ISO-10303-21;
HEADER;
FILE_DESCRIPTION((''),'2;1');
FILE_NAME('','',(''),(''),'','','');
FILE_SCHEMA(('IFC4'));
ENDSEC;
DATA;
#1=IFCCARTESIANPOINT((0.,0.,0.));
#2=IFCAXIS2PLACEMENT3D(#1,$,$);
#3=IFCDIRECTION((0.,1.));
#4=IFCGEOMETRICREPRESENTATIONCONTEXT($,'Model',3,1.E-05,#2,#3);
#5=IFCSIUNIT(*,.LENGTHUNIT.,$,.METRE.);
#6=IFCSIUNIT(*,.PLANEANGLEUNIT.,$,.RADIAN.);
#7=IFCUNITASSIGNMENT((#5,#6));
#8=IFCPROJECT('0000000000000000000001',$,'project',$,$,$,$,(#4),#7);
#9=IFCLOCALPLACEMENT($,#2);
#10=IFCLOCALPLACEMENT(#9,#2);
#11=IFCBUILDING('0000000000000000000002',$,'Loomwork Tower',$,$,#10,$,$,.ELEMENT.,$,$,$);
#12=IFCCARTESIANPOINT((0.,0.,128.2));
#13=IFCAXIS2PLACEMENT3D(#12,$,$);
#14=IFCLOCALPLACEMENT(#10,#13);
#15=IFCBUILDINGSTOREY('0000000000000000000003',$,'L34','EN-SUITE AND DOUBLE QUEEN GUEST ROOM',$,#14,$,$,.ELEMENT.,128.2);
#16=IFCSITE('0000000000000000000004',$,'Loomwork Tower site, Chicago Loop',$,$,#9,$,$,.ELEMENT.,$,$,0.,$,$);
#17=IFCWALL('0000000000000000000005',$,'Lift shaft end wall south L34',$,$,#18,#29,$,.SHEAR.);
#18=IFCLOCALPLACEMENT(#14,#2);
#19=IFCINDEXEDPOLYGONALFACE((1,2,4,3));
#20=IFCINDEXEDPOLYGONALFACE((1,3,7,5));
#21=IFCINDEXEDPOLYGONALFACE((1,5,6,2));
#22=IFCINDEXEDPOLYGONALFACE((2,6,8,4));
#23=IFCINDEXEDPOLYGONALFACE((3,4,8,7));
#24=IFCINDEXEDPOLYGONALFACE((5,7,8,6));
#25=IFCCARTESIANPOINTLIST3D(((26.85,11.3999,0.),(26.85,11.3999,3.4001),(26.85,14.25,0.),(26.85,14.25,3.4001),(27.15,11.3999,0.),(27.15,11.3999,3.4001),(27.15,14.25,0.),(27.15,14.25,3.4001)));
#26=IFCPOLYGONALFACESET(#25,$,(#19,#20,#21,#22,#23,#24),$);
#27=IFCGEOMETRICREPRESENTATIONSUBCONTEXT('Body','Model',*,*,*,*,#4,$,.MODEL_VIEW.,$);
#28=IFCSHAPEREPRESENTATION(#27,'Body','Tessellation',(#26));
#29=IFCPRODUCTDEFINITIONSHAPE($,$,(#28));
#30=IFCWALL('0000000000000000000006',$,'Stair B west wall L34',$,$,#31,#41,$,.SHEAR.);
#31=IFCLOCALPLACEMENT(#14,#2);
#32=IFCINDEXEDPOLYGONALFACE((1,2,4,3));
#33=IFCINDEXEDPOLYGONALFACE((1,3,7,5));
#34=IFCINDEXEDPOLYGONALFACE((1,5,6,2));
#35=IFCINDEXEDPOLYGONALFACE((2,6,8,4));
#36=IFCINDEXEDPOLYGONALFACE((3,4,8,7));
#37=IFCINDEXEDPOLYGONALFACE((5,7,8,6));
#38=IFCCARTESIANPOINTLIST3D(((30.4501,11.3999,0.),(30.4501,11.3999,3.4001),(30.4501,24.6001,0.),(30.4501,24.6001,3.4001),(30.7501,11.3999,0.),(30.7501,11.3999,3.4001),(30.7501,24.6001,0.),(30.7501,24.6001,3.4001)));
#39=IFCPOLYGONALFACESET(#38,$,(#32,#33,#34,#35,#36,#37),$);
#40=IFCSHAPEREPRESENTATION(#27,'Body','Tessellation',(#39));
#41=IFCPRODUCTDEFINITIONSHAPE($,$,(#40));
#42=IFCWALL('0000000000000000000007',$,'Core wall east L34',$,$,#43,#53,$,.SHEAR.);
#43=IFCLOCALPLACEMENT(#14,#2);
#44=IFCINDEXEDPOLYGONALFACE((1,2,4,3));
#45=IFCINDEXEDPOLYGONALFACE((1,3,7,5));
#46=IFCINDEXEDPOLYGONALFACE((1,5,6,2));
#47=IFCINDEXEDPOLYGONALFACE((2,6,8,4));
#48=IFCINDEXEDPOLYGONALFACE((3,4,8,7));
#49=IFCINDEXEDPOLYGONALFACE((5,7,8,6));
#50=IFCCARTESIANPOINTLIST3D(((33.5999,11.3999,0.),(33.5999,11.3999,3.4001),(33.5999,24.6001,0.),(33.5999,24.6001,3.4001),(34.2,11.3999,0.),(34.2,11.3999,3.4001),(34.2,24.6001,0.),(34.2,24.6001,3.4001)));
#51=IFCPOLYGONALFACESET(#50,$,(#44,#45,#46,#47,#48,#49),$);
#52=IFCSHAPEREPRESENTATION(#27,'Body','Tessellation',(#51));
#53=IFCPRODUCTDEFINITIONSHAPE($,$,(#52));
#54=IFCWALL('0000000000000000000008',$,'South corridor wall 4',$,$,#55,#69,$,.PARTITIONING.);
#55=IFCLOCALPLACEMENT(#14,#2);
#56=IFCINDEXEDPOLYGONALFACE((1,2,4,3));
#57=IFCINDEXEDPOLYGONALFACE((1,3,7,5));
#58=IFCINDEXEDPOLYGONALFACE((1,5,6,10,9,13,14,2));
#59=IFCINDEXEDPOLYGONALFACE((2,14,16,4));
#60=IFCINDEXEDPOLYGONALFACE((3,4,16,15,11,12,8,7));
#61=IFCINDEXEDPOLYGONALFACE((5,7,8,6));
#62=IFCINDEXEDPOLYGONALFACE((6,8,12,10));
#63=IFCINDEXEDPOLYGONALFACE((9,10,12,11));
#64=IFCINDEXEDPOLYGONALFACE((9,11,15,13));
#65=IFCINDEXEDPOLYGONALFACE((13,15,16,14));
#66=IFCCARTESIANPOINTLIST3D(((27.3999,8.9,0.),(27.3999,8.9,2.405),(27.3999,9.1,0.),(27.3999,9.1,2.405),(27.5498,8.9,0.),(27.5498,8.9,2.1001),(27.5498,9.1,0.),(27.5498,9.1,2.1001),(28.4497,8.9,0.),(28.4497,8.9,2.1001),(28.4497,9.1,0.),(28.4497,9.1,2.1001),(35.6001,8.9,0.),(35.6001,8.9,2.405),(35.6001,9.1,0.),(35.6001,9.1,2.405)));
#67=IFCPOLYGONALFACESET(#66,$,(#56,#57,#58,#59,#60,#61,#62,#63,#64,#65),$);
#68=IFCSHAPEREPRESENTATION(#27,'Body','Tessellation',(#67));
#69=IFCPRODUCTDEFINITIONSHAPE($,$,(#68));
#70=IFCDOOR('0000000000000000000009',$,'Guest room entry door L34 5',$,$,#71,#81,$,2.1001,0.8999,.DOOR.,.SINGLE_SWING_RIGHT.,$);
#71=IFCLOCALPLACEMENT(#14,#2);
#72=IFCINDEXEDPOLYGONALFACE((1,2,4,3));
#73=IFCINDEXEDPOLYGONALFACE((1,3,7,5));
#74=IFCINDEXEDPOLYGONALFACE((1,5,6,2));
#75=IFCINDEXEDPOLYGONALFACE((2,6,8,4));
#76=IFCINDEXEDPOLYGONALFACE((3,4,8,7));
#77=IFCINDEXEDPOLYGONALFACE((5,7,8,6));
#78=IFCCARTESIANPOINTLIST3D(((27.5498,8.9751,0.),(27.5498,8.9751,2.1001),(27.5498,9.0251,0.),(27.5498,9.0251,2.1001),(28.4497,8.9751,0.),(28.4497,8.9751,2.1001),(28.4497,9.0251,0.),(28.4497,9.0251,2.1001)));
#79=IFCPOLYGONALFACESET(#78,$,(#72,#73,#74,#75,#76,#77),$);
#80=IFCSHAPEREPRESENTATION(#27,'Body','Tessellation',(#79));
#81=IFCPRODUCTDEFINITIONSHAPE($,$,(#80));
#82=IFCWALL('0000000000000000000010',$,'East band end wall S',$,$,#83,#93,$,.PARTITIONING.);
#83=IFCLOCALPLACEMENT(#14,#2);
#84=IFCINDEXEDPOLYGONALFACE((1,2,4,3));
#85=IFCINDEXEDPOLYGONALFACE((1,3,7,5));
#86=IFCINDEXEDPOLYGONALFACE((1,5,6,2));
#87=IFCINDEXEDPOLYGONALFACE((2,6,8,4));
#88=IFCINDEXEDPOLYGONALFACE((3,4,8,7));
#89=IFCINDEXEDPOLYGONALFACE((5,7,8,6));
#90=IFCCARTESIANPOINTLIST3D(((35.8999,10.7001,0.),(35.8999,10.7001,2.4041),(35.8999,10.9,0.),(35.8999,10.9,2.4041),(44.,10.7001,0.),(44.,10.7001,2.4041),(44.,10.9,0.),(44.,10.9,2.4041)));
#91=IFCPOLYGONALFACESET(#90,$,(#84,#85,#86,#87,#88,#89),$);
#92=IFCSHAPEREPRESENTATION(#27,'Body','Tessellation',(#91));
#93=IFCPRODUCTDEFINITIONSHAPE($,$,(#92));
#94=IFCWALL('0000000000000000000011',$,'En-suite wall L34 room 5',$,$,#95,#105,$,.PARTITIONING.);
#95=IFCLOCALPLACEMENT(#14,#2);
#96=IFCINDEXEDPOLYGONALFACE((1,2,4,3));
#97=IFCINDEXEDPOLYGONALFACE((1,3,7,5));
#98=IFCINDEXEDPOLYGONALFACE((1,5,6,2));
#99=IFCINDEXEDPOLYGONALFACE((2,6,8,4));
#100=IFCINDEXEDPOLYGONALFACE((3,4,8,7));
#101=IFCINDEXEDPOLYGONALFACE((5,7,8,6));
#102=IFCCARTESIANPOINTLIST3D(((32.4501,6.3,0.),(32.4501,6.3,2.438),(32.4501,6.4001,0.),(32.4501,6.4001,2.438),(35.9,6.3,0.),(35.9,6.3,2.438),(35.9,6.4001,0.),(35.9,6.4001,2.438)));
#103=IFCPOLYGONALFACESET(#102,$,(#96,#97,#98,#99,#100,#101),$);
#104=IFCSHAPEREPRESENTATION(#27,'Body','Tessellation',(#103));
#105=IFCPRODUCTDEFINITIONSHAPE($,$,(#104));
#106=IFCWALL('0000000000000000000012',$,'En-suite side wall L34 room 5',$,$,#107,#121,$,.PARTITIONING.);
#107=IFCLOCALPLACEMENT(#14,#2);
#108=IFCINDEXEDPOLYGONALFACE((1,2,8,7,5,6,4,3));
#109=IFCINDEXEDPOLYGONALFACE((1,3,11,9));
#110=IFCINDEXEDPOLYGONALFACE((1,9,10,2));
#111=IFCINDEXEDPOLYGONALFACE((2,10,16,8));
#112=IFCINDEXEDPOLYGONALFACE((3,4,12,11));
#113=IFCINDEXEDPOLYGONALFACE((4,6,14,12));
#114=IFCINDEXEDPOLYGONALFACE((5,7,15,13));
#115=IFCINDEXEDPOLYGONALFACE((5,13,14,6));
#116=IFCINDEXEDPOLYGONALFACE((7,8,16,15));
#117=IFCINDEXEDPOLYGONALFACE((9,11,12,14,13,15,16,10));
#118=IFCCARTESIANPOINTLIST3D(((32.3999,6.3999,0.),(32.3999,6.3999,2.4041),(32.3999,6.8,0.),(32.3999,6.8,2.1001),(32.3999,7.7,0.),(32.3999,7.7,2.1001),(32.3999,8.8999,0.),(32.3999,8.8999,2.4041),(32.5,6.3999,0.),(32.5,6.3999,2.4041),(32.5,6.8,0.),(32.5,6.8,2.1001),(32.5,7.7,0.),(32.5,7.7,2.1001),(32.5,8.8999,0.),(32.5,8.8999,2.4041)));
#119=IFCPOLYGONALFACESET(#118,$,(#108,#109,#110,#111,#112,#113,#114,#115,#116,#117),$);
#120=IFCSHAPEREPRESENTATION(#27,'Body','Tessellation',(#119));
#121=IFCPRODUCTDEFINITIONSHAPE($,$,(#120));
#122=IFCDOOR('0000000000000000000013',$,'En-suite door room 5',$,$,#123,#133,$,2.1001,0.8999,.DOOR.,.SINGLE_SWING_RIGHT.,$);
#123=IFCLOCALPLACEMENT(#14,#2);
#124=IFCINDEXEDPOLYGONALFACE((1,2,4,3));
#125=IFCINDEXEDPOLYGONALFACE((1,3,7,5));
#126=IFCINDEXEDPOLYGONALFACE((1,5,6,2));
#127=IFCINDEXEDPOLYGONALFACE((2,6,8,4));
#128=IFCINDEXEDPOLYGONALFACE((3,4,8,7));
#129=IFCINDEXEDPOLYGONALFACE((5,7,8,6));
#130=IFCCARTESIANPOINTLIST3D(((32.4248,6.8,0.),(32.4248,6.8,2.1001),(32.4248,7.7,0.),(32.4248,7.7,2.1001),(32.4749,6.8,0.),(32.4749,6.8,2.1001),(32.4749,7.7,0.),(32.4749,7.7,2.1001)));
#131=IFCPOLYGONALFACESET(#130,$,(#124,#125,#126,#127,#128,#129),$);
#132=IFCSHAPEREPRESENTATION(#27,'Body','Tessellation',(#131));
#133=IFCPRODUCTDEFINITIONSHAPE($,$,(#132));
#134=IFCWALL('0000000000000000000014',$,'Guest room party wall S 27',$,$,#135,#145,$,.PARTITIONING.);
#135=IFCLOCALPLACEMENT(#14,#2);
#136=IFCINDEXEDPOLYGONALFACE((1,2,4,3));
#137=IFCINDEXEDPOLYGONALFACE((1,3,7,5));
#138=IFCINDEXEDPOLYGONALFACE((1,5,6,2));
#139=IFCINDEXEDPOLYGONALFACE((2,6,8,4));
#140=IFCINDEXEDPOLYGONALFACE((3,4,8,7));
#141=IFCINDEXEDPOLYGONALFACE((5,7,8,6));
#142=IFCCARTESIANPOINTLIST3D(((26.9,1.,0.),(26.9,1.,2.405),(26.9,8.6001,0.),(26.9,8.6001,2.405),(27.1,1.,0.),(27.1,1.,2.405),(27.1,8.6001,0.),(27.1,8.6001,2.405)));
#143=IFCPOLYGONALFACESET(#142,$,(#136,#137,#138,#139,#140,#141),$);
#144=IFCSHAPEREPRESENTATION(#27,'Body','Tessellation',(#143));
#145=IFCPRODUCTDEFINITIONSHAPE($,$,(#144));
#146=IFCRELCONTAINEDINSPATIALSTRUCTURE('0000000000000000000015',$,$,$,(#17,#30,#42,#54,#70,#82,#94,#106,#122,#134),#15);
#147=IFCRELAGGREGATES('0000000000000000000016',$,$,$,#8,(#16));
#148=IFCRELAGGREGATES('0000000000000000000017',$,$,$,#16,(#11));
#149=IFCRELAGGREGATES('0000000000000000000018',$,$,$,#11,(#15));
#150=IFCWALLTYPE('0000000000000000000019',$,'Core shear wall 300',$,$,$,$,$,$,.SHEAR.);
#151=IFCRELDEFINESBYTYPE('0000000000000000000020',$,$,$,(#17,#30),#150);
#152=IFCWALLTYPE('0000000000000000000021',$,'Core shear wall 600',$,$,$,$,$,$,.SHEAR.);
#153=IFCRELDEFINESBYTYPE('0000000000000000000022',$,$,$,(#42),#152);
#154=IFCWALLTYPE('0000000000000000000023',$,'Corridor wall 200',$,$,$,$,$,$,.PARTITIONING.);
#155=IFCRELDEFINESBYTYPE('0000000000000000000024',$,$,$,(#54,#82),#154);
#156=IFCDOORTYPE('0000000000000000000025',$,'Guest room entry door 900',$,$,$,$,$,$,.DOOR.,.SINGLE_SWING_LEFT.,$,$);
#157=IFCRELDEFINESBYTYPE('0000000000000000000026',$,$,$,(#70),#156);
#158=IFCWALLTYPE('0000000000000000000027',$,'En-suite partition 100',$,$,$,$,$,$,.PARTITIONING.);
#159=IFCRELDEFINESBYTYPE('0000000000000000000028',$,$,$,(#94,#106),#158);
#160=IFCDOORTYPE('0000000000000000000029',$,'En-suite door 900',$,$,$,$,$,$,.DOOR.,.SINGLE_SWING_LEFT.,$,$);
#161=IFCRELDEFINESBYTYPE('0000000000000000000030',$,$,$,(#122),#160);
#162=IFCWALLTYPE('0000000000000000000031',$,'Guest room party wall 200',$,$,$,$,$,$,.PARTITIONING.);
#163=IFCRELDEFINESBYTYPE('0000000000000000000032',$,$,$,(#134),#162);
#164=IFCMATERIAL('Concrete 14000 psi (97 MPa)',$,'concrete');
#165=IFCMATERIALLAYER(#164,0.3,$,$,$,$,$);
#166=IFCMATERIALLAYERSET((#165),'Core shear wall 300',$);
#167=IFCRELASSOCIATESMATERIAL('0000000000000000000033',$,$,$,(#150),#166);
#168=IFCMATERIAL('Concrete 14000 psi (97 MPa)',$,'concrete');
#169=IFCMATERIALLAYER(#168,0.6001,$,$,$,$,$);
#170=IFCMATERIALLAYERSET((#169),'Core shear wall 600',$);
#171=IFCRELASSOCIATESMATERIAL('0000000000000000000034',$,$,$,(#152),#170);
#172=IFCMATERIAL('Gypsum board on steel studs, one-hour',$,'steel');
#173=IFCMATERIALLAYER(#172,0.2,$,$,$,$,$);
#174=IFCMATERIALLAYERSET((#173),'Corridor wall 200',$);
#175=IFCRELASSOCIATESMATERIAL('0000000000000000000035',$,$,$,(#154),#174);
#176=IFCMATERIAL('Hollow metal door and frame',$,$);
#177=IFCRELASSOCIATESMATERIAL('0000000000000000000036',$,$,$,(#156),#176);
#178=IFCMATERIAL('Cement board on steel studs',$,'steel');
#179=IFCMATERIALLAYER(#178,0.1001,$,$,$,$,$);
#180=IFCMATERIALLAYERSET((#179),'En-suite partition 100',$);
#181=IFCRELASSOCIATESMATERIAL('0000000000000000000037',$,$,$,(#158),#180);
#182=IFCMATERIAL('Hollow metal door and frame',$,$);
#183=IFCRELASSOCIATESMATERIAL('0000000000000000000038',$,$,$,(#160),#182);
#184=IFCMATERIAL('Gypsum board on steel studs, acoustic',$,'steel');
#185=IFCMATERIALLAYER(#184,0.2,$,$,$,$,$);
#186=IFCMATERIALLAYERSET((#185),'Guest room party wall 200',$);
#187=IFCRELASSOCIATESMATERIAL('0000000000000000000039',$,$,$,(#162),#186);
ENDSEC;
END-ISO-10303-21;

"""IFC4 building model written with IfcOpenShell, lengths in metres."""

from ifc_helpers import new_model, si_unit, direction, frame, frame_2d, origin, place, context, subcontext, project, spatial, rectangle, extrude, material, layer, layer_set, type_object, element, fill, save


model = new_model("IFC4")

# Units and contexts
model_context = context("Model", 3, precision=1e-05, world=origin(), true_north=direction((0.0, 1.0)))
body_context = subcontext(model_context, "Body", "Model", "MODEL_VIEW")
ifc_project = project(units=[si_unit("LENGTHUNIT", "METRE"), si_unit("PLANEANGLEUNIT", "RADIAN")], contexts=[model_context])

# Site, building, storey
site_placement = place(None, origin())
site = spatial("IfcSite", under=ifc_project, at=site_placement, Name="Loomwork Tower site, Chicago Loop", CompositionType="ELEMENT", RefElevation=0.0)
building_placement = place(site_placement, origin())
building = spatial("IfcBuilding", under=site, at=building_placement, Name="Loomwork Tower", CompositionType="ELEMENT")
storey_placement = place(building_placement, frame((0.0, 0.0, 128.2)))
storey = spatial("IfcBuildingStorey", under=building, at=storey_placement, Name="L34", Description="EN-SUITE AND DOUBLE QUEEN GUEST ROOM", CompositionType="ELEMENT", Elevation=128.2)

# Walls
ifc_material_1 = material(Name="Concrete 14000 psi (97 MPa)", Category="concrete")
ifc_layer_1 = layer(ifc_material_1, 0.3)
ifc_layer_set_1 = layer_set([ifc_layer_1], Name="Core shear wall 300")
wall_type_1 = type_object("IfcWallType", Name="Core shear wall 300", PredefinedType="SHEAR", material=ifc_layer_set_1)
wall_1_placement = place(storey_placement, frame((27.0, 11.3999, 0.0), z_axis=(0.0, 0.0, 1.0), x_axis=(0.0, 1.0, 0.0)))
element("IfcWall", 1, at=wall_1_placement, inside=storey, type_object=wall_type_1, Name="Lift shaft end wall south L34", PredefinedType="SHEAR", context=body_context, shape_type="SweptSolid", body=[
    extrude(rectangle(XDim=2.8501, YDim=0.3, at=frame_2d((1.425, 0.0))), origin(), (0.0, 0.0, 1.0), 3.4001),
])
wall_2_placement = place(storey_placement, frame((30.6001, 11.3999, 0.0), z_axis=(0.0, 0.0, 1.0), x_axis=(0.0, 1.0, 0.0)))
element("IfcWall", 2, at=wall_2_placement, inside=storey, type_object=wall_type_1, Name="Stair B west wall L34", PredefinedType="SHEAR", context=body_context, shape_type="SweptSolid", body=[
    extrude(rectangle(XDim=13.2002, YDim=0.3, at=frame_2d((6.6001, 0.0))), origin(), (0.0, 0.0, 1.0), 3.4001),
])
ifc_material_2 = material(Name="Concrete 14000 psi (97 MPa)", Category="concrete")
ifc_layer_2 = layer(ifc_material_2, 0.6001)
ifc_layer_set_2 = layer_set([ifc_layer_2], Name="Core shear wall 600")
wall_type_2 = type_object("IfcWallType", Name="Core shear wall 600", PredefinedType="SHEAR", material=ifc_layer_set_2)
wall_3_placement = place(storey_placement, frame((33.8999, 11.3999, 0.0), z_axis=(0.0, 0.0, 1.0), x_axis=(0.0, 1.0, 0.0)))
element("IfcWall", 3, at=wall_3_placement, inside=storey, type_object=wall_type_2, Name="Core wall east L34", PredefinedType="SHEAR", context=body_context, shape_type="SweptSolid", body=[
    extrude(rectangle(XDim=13.2002, YDim=0.6001, at=frame_2d((6.6001, 0.0))), origin(), (0.0, 0.0, 1.0), 3.4001),
])

# Wall, opening, door
ifc_material_3 = material(Name="Gypsum board on steel studs, one-hour", Category="steel")
ifc_layer_3 = layer(ifc_material_3, 0.2)
ifc_layer_set_3 = layer_set([ifc_layer_3], Name="Corridor wall 200")
wall_type_3 = type_object("IfcWallType", Name="Corridor wall 200", PredefinedType="PARTITIONING", material=ifc_layer_set_3)
wall_4_placement = place(storey_placement, frame((27.3999, 9.0, 0.0), z_axis=(0.0, 0.0, 1.0), x_axis=(1.0, 0.0, 0.0)))
wall_4 = element("IfcWall", 4, at=wall_4_placement, inside=storey, type_object=wall_type_3, Name="South corridor wall 4", PredefinedType="PARTITIONING", context=body_context, shape_type="SweptSolid", body=[
    extrude(rectangle(XDim=8.2002, YDim=0.2, at=frame_2d((4.1001, 0.0))), origin(), (0.0, 0.0, 1.0), 2.405),
])
opening_1_placement = place(wall_4_placement, frame((0.1499, 0.0, 0.0)))
opening_1 = element("IfcOpeningElement", 5, at=opening_1_placement, cuts=wall_4, PredefinedType="OPENING", context=body_context, shape_type="SweptSolid", body=[
    extrude(rectangle(XDim=0.8999, YDim=2.1001, at=frame_2d((0.45, 1.05))), frame((0.0, 0.1099, 0.0), z_axis=(0.0, -1.0, 0.0), x_axis=(1.0, 0.0, 0.0)), (0.0, 0.0, 1.0), 0.22),
])
ifc_material_4 = material(Name="Hollow metal door and frame")
door_type_1 = type_object("IfcDoorType", Name="Guest room entry door 900", OperationType="SINGLE_SWING_LEFT", PredefinedType="DOOR", material=ifc_material_4)
door_1_placement = place(opening_1_placement, frame((0.8999, 0.0, 0.0), z_axis=(0.0, 0.0, 1.0), x_axis=(-1.0, 0.0, 0.0)))
door_1 = element("IfcDoor", 6, at=door_1_placement, inside=storey, type_object=door_type_1, Name="Guest room entry door L34 5", OperationType="SINGLE_SWING_RIGHT", OverallHeight=2.1001, OverallWidth=0.8999, PredefinedType="DOOR", context=body_context, shape_type="SweptSolid", body=[
    extrude(rectangle(XDim=0.8999, YDim=2.1001, at=frame_2d((0.45, 1.05))), frame((0.0, 0.0249, 0.0), z_axis=(0.0, -1.0, 0.0), x_axis=(1.0, 0.0, 0.0)), (0.0, 0.0, 1.0), 0.05),
])
fill(opening_1, door_1)

# Walls
wall_5_placement = place(storey_placement, frame((35.8999, 10.8, 0.0), z_axis=(0.0, 0.0, 1.0), x_axis=(1.0, 0.0, 0.0)))
element("IfcWall", 7, at=wall_5_placement, inside=storey, type_object=wall_type_3, Name="East band end wall S", PredefinedType="PARTITIONING", context=body_context, shape_type="SweptSolid", body=[
    extrude(rectangle(XDim=8.1001, YDim=0.2, at=frame_2d((4.05, 0.0))), origin(), (0.0, 0.0, 1.0), 2.4041),
])
ifc_material_5 = material(Name="Cement board on steel studs", Category="steel")
ifc_layer_4 = layer(ifc_material_5, 0.1001)
ifc_layer_set_4 = layer_set([ifc_layer_4], Name="En-suite partition 100")
wall_type_4 = type_object("IfcWallType", Name="En-suite partition 100", PredefinedType="PARTITIONING", material=ifc_layer_set_4)
wall_6_placement = place(storey_placement, frame((32.45, 6.3501, 0.0), z_axis=(0.0, 0.0, 1.0), x_axis=(1.0, 0.0, 0.0)))
element("IfcWall", 8, at=wall_6_placement, inside=storey, type_object=wall_type_4, Name="En-suite wall L34 room 5", PredefinedType="PARTITIONING", context=body_context, shape_type="SweptSolid", body=[
    extrude(rectangle(XDim=3.45, YDim=0.1001, at=frame_2d((1.7251, 0.0))), origin(), (0.0, 0.0, 1.0), 2.438),
])

# Wall, opening, door
wall_7_placement = place(storey_placement, frame((32.45, 8.8999, 0.0), z_axis=(0.0, 0.0, 1.0), x_axis=(0.0, -1.0, 0.0)))
wall_7 = element("IfcWall", 9, at=wall_7_placement, inside=storey, type_object=wall_type_4, Name="En-suite side wall L34 room 5", PredefinedType="PARTITIONING", context=body_context, shape_type="SweptSolid", body=[
    extrude(rectangle(XDim=2.5, YDim=0.1001, at=frame_2d((1.25, 0.0))), origin(), (0.0, 0.0, 1.0), 2.4041),
])
opening_2_placement = place(wall_7_placement, frame((1.2, 0.0, 0.0)))
opening_2 = element("IfcOpeningElement", 10, at=opening_2_placement, cuts=wall_7, PredefinedType="OPENING", context=body_context, shape_type="SweptSolid", body=[
    extrude(rectangle(XDim=0.8999, YDim=2.1001, at=frame_2d((0.45, 1.05))), frame((0.0, 0.0601, 0.0), z_axis=(0.0, -1.0, 0.0), x_axis=(1.0, 0.0, 0.0)), (0.0, 0.0, 1.0), 0.1201),
])
ifc_material_6 = material(Name="Hollow metal door and frame")
door_type_2 = type_object("IfcDoorType", Name="En-suite door 900", OperationType="SINGLE_SWING_LEFT", PredefinedType="DOOR", material=ifc_material_6)
door_2_placement = place(opening_2_placement, origin())
door_2 = element("IfcDoor", 11, at=door_2_placement, inside=storey, type_object=door_type_2, Name="En-suite door room 5", OperationType="SINGLE_SWING_RIGHT", OverallHeight=2.1001, OverallWidth=0.8999, PredefinedType="DOOR", context=body_context, shape_type="SweptSolid", body=[
    extrude(rectangle(XDim=0.8999, YDim=2.1001, at=frame_2d((0.45, 1.05))), frame((0.0, 0.0249, 0.0), z_axis=(0.0, -1.0, 0.0), x_axis=(1.0, 0.0, 0.0)), (0.0, 0.0, 1.0), 0.05),
])
fill(opening_2, door_2)

# Wall
ifc_material_7 = material(Name="Gypsum board on steel studs, acoustic", Category="steel")
ifc_layer_5 = layer(ifc_material_7, 0.2)
ifc_layer_set_5 = layer_set([ifc_layer_5], Name="Guest room party wall 200")
wall_type_5 = type_object("IfcWallType", Name="Guest room party wall 200", PredefinedType="PARTITIONING", material=ifc_layer_set_5)
wall_8_placement = place(storey_placement, frame((27.0, 8.6001, 0.0), z_axis=(0.0, 0.0, 1.0), x_axis=(0.0, -1.0, 0.0)))
element("IfcWall", 12, at=wall_8_placement, inside=storey, type_object=wall_type_5, Name="Guest room party wall S 27", PredefinedType="PARTITIONING", context=body_context, shape_type="SweptSolid", body=[
    extrude(rectangle(XDim=7.6001, YDim=0.2, at=frame_2d((3.8, 0.0))), origin(), (0.0, 0.0, 1.0), 2.405),
])

save(model, "model.ifc")
